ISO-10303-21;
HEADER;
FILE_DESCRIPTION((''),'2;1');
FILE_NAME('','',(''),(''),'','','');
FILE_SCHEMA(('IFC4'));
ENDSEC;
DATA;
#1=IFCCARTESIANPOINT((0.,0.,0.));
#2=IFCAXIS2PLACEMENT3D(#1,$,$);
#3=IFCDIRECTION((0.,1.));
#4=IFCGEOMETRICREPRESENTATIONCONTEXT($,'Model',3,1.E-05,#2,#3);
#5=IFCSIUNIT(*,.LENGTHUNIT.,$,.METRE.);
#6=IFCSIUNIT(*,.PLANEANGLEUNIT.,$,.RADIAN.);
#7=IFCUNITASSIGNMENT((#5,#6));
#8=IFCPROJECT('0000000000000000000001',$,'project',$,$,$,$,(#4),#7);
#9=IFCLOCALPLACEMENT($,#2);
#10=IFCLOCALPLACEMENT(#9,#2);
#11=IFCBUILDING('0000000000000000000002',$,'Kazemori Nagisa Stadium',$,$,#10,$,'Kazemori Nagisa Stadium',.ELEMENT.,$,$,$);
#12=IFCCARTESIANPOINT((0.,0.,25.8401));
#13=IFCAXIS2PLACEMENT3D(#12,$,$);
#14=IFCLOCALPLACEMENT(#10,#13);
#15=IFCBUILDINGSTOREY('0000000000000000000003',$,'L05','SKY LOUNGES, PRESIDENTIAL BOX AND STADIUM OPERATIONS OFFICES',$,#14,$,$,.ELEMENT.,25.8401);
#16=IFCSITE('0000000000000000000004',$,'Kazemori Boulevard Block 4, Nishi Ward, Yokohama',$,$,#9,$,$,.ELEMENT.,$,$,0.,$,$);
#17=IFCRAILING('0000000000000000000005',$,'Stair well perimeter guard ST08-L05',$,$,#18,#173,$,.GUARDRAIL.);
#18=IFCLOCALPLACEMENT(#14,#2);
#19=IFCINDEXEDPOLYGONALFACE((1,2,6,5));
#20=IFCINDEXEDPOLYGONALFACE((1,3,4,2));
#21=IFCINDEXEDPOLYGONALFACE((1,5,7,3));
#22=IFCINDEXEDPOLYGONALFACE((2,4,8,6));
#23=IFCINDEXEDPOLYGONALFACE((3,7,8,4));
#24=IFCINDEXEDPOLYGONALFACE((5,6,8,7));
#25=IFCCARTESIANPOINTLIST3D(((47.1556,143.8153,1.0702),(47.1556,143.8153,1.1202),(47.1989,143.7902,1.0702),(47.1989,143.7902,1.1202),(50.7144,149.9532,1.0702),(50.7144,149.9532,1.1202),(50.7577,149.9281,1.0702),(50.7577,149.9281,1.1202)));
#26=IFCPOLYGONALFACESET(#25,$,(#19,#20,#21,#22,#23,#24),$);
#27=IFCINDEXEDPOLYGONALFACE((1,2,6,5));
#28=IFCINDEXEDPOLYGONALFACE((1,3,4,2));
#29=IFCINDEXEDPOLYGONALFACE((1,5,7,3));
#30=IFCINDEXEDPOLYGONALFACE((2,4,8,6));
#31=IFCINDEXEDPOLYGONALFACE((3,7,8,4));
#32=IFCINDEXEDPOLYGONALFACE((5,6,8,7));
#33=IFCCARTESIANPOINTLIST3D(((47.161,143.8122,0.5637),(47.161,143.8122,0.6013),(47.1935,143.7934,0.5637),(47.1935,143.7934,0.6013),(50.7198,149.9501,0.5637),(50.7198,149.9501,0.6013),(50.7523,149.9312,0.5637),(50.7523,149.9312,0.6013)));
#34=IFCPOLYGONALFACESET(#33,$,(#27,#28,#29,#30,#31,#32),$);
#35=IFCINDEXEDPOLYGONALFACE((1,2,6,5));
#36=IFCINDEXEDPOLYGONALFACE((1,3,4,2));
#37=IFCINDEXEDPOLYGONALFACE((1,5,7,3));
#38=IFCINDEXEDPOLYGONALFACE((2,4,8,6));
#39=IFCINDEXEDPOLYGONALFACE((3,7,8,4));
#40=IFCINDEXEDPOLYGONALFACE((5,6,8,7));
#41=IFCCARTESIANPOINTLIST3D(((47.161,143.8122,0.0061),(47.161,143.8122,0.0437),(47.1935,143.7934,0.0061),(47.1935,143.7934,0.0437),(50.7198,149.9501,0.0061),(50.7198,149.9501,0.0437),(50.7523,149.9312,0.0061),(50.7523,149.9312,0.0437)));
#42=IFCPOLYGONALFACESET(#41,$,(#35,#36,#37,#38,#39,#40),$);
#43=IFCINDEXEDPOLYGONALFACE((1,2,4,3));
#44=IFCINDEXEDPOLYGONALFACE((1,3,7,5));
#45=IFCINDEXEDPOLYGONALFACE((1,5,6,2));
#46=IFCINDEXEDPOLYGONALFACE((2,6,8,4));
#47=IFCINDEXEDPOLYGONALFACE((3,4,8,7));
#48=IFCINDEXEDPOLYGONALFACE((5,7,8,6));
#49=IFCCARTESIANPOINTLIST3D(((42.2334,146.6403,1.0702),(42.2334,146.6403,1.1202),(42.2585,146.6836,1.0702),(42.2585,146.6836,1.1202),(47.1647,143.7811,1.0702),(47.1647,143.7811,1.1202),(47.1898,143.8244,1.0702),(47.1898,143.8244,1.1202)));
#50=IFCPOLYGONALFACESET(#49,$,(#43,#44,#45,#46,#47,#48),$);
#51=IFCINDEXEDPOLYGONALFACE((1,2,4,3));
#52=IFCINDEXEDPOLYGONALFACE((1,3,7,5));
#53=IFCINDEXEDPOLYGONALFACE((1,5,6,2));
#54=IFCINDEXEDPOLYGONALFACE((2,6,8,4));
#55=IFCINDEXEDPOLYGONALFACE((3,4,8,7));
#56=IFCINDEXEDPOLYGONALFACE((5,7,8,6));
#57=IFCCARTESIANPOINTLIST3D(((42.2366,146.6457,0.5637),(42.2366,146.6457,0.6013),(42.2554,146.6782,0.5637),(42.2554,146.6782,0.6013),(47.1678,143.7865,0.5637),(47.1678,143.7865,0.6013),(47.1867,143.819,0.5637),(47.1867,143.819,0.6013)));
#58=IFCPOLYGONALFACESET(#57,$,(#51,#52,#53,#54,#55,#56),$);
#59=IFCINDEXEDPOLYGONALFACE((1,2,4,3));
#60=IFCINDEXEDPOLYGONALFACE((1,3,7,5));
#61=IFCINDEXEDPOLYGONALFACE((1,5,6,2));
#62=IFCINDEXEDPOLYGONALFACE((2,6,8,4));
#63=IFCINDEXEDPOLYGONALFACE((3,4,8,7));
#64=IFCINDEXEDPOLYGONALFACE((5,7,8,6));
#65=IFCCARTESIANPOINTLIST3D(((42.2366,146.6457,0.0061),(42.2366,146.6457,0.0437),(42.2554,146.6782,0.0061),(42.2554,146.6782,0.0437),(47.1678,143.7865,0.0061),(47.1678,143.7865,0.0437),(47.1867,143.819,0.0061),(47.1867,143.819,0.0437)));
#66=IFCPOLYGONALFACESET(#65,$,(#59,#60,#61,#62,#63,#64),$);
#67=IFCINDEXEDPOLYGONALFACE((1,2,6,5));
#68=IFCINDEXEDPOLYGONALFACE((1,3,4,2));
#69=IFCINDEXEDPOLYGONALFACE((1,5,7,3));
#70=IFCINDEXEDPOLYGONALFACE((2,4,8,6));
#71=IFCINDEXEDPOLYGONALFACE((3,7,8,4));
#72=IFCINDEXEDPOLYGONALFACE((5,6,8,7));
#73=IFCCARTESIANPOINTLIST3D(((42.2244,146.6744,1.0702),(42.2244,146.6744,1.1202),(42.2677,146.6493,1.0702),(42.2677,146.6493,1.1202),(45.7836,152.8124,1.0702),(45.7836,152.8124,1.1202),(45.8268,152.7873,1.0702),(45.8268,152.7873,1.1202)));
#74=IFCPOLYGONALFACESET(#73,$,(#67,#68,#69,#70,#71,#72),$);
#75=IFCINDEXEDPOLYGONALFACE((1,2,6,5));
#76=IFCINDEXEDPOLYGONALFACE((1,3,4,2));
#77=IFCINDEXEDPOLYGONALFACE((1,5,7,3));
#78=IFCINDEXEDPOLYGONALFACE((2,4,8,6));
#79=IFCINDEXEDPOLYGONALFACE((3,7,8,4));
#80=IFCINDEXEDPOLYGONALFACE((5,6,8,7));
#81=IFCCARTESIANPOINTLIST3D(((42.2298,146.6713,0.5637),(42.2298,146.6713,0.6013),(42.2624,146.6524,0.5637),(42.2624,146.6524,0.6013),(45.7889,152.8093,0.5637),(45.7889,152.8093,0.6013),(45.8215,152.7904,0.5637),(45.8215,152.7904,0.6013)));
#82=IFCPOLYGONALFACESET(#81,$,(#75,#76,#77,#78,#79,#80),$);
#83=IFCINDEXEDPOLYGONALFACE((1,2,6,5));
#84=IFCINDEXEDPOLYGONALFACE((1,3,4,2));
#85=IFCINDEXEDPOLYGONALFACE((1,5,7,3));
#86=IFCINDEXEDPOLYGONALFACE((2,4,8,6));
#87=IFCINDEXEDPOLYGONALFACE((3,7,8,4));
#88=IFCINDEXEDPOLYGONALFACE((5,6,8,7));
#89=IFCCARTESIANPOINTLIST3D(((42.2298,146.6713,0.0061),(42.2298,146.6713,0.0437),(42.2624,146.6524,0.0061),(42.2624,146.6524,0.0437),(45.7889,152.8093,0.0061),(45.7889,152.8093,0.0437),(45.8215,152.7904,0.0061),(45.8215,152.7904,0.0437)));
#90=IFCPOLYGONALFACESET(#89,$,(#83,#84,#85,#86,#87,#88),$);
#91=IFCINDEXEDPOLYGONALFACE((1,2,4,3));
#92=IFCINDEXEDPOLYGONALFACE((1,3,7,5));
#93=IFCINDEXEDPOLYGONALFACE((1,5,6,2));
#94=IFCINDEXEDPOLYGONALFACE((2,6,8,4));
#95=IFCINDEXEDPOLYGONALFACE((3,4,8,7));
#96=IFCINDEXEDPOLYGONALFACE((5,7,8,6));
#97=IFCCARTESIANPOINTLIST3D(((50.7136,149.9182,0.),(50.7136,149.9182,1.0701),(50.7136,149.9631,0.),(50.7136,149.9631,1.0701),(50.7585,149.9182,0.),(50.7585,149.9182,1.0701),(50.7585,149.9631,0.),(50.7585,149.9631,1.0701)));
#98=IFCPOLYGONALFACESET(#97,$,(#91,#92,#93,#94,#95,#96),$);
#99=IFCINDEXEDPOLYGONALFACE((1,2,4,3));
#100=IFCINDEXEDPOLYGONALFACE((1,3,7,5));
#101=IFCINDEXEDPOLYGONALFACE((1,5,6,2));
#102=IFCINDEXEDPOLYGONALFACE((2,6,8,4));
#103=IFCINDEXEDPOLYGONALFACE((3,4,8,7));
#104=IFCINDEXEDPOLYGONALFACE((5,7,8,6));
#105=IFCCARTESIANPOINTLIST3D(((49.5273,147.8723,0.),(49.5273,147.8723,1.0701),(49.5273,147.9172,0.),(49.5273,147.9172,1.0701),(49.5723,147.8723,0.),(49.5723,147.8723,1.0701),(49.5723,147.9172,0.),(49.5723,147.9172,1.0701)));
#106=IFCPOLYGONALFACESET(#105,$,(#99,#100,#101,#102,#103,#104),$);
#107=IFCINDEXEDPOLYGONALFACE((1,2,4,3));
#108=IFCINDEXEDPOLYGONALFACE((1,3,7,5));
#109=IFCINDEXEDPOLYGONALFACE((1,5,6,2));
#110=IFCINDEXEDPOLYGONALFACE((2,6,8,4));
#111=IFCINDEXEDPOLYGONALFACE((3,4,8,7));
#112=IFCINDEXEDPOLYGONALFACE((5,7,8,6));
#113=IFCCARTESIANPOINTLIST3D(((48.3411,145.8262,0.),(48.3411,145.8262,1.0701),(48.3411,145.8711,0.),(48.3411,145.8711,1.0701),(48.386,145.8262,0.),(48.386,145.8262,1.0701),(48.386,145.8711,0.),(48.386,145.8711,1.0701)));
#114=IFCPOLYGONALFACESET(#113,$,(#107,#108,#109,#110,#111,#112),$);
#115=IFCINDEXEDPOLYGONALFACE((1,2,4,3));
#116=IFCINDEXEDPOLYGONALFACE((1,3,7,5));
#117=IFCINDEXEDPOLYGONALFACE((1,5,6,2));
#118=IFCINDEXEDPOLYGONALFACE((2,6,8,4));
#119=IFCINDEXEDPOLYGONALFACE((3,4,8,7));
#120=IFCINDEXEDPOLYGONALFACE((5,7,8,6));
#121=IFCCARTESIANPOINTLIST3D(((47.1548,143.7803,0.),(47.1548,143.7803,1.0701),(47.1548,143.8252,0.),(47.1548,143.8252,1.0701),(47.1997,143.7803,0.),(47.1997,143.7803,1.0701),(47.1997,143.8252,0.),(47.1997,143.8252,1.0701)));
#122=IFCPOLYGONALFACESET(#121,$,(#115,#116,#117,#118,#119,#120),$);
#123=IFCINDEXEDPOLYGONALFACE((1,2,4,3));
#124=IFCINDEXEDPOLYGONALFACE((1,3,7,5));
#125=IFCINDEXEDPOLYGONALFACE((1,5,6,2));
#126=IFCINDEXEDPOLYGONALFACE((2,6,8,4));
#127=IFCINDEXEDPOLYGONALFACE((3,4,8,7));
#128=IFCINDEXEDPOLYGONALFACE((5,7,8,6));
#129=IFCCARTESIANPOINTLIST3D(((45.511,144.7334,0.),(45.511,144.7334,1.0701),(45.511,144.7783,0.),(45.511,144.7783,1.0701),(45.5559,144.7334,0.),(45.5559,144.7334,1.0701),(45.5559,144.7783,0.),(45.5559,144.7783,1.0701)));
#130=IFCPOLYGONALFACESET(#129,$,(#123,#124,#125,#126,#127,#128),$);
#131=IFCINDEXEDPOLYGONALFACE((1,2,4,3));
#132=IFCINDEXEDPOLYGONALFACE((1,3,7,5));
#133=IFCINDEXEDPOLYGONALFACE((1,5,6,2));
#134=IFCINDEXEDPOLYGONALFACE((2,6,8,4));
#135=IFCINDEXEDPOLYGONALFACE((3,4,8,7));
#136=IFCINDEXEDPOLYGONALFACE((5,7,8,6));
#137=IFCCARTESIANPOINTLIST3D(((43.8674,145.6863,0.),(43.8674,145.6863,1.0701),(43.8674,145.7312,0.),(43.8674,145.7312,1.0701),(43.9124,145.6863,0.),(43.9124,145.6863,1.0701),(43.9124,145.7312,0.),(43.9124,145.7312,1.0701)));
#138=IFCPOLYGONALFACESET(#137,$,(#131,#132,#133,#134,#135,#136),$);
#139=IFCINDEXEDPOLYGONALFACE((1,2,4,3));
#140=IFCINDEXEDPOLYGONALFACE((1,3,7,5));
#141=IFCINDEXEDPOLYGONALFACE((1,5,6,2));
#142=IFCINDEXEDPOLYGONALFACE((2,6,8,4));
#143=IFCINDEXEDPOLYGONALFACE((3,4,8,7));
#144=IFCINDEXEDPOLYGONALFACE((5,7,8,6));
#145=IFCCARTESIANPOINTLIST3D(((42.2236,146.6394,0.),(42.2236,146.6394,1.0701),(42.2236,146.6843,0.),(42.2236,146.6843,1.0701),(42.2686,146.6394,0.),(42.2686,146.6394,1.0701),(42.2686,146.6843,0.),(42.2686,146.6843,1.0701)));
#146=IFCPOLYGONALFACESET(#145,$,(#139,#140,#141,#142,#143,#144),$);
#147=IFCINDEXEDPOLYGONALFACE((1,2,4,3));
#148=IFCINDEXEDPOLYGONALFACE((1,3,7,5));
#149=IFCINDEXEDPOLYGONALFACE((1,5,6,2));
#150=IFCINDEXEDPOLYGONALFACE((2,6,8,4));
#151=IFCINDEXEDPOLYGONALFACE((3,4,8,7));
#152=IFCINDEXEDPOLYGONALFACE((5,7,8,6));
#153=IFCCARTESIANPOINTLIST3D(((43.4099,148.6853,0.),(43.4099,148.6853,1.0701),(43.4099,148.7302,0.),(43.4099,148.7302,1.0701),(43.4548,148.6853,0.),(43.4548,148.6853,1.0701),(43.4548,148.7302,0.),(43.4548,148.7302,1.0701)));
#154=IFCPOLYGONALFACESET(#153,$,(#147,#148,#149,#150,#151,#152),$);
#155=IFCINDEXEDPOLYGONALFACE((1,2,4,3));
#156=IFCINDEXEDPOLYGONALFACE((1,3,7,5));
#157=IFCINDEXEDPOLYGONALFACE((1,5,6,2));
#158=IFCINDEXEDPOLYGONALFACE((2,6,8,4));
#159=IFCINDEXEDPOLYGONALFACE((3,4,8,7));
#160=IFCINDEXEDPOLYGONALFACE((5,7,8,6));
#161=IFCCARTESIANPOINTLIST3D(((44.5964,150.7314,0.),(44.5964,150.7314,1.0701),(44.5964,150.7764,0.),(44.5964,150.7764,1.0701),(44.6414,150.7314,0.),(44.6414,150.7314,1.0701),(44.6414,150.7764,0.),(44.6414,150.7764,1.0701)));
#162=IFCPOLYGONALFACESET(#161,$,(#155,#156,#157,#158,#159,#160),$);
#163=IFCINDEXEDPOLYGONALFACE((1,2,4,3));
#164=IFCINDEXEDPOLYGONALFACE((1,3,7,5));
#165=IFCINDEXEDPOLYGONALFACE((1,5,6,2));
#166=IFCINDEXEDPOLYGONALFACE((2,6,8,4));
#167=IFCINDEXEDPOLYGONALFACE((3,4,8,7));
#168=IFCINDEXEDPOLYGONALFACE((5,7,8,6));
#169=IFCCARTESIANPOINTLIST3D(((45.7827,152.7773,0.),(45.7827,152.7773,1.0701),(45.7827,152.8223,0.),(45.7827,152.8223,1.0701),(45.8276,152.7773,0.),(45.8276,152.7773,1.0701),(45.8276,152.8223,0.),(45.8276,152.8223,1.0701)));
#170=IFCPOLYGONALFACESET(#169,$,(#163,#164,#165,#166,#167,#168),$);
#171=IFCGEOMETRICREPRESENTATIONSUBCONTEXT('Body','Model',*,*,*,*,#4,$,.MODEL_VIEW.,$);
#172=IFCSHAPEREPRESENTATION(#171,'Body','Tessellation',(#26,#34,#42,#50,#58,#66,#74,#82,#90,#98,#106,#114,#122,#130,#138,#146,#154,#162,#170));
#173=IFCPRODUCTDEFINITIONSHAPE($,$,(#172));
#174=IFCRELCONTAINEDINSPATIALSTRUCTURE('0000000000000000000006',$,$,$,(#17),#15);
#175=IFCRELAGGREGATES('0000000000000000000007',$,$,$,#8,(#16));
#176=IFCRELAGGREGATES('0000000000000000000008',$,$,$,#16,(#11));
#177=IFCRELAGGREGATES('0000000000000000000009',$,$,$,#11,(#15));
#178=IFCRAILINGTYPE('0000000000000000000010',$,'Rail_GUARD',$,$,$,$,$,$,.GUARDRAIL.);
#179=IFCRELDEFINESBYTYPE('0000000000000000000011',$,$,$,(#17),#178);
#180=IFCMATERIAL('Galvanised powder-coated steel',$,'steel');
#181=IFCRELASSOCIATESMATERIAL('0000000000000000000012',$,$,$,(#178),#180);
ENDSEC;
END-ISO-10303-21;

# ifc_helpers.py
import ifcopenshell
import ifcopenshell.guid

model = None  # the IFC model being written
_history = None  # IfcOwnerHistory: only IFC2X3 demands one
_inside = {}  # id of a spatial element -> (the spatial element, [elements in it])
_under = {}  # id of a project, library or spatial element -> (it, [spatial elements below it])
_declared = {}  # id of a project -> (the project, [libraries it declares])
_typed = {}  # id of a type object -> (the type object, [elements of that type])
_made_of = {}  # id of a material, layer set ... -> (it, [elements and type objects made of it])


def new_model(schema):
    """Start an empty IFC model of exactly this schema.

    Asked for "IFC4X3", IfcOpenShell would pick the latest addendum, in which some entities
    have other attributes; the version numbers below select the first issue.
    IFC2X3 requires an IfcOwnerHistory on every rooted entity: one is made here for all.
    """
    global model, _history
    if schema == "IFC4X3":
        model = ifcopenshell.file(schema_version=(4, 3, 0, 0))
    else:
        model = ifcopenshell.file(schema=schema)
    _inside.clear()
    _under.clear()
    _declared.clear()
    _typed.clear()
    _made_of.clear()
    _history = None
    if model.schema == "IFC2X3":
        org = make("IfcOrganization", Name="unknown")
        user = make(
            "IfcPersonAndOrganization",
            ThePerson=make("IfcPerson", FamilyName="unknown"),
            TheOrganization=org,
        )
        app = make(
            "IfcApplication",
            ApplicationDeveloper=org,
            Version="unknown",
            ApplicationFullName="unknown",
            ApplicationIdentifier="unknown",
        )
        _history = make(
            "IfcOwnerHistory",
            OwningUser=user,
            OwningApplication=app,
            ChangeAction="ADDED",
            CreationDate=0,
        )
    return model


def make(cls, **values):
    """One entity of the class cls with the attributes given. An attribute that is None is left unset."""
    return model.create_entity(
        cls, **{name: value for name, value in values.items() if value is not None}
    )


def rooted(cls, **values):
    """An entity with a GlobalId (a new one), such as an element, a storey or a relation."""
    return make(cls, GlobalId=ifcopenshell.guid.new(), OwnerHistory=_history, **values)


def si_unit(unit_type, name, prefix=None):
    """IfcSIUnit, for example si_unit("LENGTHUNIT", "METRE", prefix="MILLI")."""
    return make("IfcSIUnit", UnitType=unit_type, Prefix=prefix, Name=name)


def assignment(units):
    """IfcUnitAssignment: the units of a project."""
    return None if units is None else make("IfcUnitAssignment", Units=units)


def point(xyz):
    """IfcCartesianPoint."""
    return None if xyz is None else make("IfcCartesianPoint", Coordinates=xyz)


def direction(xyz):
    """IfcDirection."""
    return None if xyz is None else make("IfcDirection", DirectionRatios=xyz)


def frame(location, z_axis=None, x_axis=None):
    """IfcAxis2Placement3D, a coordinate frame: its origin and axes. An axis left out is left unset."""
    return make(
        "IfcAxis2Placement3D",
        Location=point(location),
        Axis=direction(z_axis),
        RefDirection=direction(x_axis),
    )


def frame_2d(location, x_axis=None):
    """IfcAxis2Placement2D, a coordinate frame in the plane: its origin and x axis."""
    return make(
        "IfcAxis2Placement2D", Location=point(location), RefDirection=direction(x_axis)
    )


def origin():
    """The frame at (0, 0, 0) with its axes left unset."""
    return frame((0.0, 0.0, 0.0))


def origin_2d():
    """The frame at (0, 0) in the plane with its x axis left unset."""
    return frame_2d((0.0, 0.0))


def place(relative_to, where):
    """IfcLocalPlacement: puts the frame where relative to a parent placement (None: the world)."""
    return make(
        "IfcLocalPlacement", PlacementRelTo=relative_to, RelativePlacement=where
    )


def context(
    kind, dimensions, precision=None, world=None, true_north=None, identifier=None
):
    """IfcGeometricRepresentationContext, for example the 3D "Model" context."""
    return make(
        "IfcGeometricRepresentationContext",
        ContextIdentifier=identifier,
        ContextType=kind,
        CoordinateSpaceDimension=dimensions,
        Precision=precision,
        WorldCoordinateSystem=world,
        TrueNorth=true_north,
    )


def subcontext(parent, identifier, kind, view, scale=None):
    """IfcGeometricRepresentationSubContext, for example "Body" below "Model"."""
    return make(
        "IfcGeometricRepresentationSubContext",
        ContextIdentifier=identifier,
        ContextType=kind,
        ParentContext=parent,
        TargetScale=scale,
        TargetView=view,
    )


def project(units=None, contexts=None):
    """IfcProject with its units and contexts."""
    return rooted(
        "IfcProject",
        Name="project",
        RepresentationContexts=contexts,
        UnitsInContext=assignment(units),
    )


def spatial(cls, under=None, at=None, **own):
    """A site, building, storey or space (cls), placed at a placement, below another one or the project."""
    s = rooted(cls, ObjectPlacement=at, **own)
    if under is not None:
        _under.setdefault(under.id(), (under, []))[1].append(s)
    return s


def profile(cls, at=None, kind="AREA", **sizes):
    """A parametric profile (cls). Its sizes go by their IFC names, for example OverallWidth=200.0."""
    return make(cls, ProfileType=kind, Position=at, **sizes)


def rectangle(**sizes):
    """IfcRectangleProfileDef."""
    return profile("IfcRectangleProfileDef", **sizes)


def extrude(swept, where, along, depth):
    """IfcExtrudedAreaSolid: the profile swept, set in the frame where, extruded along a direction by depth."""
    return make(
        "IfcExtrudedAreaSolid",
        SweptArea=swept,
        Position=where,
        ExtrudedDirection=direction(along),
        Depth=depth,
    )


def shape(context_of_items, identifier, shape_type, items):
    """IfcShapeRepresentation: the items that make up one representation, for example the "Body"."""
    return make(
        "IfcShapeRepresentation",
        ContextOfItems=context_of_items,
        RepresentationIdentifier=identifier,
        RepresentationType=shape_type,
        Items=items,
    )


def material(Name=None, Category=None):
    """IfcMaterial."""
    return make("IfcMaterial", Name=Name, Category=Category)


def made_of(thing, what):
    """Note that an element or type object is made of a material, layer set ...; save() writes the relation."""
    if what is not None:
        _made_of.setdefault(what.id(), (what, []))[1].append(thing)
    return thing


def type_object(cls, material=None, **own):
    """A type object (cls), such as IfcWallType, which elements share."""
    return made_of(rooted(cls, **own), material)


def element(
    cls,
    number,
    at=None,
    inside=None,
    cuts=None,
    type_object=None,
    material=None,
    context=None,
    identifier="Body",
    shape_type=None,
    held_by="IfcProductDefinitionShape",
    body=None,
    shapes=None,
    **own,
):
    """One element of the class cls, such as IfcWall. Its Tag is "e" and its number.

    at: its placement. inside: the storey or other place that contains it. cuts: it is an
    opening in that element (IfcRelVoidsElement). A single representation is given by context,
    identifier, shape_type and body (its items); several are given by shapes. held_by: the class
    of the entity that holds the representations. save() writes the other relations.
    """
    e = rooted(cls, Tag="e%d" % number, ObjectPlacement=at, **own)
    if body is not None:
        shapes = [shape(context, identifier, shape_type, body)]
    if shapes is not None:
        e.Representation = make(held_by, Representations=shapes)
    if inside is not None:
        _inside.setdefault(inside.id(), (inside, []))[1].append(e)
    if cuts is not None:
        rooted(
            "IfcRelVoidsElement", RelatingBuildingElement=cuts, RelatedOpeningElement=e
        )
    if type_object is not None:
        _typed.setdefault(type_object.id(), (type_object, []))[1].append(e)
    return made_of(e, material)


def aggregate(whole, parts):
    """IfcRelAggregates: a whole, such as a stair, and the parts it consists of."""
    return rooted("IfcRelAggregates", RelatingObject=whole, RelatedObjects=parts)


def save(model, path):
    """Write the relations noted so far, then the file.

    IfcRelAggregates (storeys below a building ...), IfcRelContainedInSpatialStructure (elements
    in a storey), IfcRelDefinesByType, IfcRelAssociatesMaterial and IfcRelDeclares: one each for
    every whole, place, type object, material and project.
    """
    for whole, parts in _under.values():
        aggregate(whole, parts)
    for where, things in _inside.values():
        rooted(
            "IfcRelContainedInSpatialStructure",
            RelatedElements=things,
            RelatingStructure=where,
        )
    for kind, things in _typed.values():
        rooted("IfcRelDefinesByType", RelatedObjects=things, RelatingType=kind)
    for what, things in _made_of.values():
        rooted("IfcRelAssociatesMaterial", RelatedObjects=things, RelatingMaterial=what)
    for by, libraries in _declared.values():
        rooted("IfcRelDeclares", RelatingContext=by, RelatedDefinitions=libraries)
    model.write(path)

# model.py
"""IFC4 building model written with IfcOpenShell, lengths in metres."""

from ifc_helpers import new_model, si_unit, direction, frame, origin, origin_2d, place, context, subcontext, project, spatial, rectangle, extrude, material, type_object, element, save


model = new_model("IFC4")

# Units and contexts
model_context = context("Model", 3, precision=1e-05, world=origin(), true_north=direction((0.0, 1.0)))
body_context = subcontext(model_context, "Body", "Model", "MODEL_VIEW")
ifc_project = project(units=[si_unit("LENGTHUNIT", "METRE"), si_unit("PLANEANGLEUNIT", "RADIAN")], contexts=[model_context])

# Site, building, storey
site_placement = place(None, origin())
site = spatial("IfcSite", under=ifc_project, at=site_placement, Name="Kazemori Boulevard Block 4, Nishi Ward, Yokohama", CompositionType="ELEMENT", RefElevation=0.0)
building_placement = place(site_placement, origin())
building = spatial("IfcBuilding", under=site, at=building_placement, Name="Kazemori Nagisa Stadium", LongName="Kazemori Nagisa Stadium", CompositionType="ELEMENT")
storey_placement = place(building_placement, frame((0.0, 0.0, 25.8401)))
storey = spatial("IfcBuildingStorey", under=building, at=storey_placement, Name="L05", Description="SKY LOUNGES, PRESIDENTIAL BOX AND STADIUM OPERATIONS OFFICES", CompositionType="ELEMENT", Elevation=25.8401)

# Railing
ifc_material_1 = material(Name="Galvanised powder-coated steel", Category="steel")
railing_type_1 = type_object("IfcRailingType", Name="Rail_GUARD", PredefinedType="GUARDRAIL", material=ifc_material_1)
railing_1_placement = place(storey_placement, frame((50.7361, 149.9407, 0.0)))
element("IfcRailing", 1, at=railing_1_placement, inside=storey, type_object=railing_type_1, Name="Stair well perimeter guard ST08-L05", PredefinedType="GUARDRAIL", context=body_context, shape_type="SweptSolid", body=[
    extrude(rectangle(XDim=0.05, YDim=0.05, at=origin_2d()), frame((0.0, 0.0, 1.0952), z_axis=(-0.501595, -0.865103, 0.0), x_axis=(0.865103, -0.501595, 0.0)), (0.0, 0.0, 1.0), 7.095),
    extrude(rectangle(XDim=0.0376, YDim=0.0376, at=origin_2d()), frame((0.0, 0.0, 0.5825), z_axis=(-0.501595, -0.865103, 0.0), x_axis=(0.865103, -0.501595, 0.0)), (0.0, 0.0, 1.0), 7.095),
    extrude(rectangle(XDim=0.0376, YDim=0.0376, at=origin_2d()), frame((0.0, 0.0, 0.0249), z_axis=(-0.501595, -0.865103, 0.0), x_axis=(0.865103, -0.501595, 0.0)), (0.0, 0.0, 1.0), 7.095),
    extrude(rectangle(XDim=0.05, YDim=0.05, at=origin_2d()), frame((-3.5588, -6.1379, 1.0952), z_axis=(-0.865103, 0.501595, 0.0), x_axis=(-0.501595, -0.865103, 0.0)), (0.0, 0.0, 1.0), 5.7002),
    extrude(rectangle(XDim=0.0376, YDim=0.0376, at=origin_2d()), frame((-3.5588, -6.1379, 0.5825), z_axis=(-0.865103, 0.501595, 0.0), x_axis=(-0.501595, -0.865103, 0.0)), (0.0, 0.0, 1.0), 5.7002),
    extrude(rectangle(XDim=0.0376, YDim=0.0376, at=origin_2d()), frame((-3.5588, -6.1379, 0.0249), z_axis=(-0.865103, 0.501595, 0.0), x_axis=(-0.501595, -0.865103, 0.0)), (0.0, 0.0, 1.0), 5.7002),
    extrude(rectangle(XDim=0.05, YDim=0.05, at=origin_2d()), frame((-8.49, -3.2788, 1.0952), z_axis=(0.501621, 0.865088, 0.0), x_axis=(-0.865088, 0.501621, 0.0)), (0.0, 0.0, 1.0), 7.0952),
    extrude(rectangle(XDim=0.0376, YDim=0.0376, at=origin_2d()), frame((-8.49, -3.2788, 0.5825), z_axis=(0.501621, 0.865088, 0.0), x_axis=(-0.865088, 0.501621, 0.0)), (0.0, 0.0, 1.0), 7.0952),
    extrude(rectangle(XDim=0.0376, YDim=0.0376, at=origin_2d()), frame((-8.49, -3.2788, 0.0249), z_axis=(0.501621, 0.865088, 0.0), x_axis=(-0.865088, 0.501621, 0.0)), (0.0, 0.0, 1.0), 7.0952),
    extrude(rectangle(XDim=0.0449, YDim=0.0449, at=origin_2d()), origin(), (0.0, 0.0, 1.0), 1.0701),
    extrude(rectangle(XDim=0.0449, YDim=0.0449, at=origin_2d()), frame((-1.1863, -2.0459, 0.0)), (0.0, 0.0, 1.0), 1.0701),
    extrude(rectangle(XDim=0.0449, YDim=0.0449, at=origin_2d()), frame((-2.3726, -4.092, 0.0)), (0.0, 0.0, 1.0), 1.0701),
    extrude(rectangle(XDim=0.0449, YDim=0.0449, at=origin_2d()), frame((-3.5588, -6.1379, 0.0)), (0.0, 0.0, 1.0), 1.0701),
    extrude(rectangle(XDim=0.0449, YDim=0.0449, at=origin_2d()), frame((-5.2026, -5.1848, 0.0)), (0.0, 0.0, 1.0), 1.0701),
    extrude(rectangle(XDim=0.0449, YDim=0.0449, at=origin_2d()), frame((-6.8462, -4.2319, 0.0)), (0.0, 0.0, 1.0), 1.0701),
    extrude(rectangle(XDim=0.0449, YDim=0.0449, at=origin_2d()), frame((-8.49, -3.2788, 0.0)), (0.0, 0.0, 1.0), 1.0701),
    extrude(rectangle(XDim=0.0449, YDim=0.0449, at=origin_2d()), frame((-7.3037, -1.2329, 0.0)), (0.0, 0.0, 1.0), 1.0701),
    extrude(rectangle(XDim=0.0449, YDim=0.0449, at=origin_2d()), frame((-6.1172, 0.8132, 0.0)), (0.0, 0.0, 1.0), 1.0701),
    extrude(rectangle(XDim=0.0449, YDim=0.0449, at=origin_2d()), frame((-4.9309, 2.8591, 0.0)), (0.0, 0.0, 1.0), 1.0701),
])

save(model, "model.ifc")
